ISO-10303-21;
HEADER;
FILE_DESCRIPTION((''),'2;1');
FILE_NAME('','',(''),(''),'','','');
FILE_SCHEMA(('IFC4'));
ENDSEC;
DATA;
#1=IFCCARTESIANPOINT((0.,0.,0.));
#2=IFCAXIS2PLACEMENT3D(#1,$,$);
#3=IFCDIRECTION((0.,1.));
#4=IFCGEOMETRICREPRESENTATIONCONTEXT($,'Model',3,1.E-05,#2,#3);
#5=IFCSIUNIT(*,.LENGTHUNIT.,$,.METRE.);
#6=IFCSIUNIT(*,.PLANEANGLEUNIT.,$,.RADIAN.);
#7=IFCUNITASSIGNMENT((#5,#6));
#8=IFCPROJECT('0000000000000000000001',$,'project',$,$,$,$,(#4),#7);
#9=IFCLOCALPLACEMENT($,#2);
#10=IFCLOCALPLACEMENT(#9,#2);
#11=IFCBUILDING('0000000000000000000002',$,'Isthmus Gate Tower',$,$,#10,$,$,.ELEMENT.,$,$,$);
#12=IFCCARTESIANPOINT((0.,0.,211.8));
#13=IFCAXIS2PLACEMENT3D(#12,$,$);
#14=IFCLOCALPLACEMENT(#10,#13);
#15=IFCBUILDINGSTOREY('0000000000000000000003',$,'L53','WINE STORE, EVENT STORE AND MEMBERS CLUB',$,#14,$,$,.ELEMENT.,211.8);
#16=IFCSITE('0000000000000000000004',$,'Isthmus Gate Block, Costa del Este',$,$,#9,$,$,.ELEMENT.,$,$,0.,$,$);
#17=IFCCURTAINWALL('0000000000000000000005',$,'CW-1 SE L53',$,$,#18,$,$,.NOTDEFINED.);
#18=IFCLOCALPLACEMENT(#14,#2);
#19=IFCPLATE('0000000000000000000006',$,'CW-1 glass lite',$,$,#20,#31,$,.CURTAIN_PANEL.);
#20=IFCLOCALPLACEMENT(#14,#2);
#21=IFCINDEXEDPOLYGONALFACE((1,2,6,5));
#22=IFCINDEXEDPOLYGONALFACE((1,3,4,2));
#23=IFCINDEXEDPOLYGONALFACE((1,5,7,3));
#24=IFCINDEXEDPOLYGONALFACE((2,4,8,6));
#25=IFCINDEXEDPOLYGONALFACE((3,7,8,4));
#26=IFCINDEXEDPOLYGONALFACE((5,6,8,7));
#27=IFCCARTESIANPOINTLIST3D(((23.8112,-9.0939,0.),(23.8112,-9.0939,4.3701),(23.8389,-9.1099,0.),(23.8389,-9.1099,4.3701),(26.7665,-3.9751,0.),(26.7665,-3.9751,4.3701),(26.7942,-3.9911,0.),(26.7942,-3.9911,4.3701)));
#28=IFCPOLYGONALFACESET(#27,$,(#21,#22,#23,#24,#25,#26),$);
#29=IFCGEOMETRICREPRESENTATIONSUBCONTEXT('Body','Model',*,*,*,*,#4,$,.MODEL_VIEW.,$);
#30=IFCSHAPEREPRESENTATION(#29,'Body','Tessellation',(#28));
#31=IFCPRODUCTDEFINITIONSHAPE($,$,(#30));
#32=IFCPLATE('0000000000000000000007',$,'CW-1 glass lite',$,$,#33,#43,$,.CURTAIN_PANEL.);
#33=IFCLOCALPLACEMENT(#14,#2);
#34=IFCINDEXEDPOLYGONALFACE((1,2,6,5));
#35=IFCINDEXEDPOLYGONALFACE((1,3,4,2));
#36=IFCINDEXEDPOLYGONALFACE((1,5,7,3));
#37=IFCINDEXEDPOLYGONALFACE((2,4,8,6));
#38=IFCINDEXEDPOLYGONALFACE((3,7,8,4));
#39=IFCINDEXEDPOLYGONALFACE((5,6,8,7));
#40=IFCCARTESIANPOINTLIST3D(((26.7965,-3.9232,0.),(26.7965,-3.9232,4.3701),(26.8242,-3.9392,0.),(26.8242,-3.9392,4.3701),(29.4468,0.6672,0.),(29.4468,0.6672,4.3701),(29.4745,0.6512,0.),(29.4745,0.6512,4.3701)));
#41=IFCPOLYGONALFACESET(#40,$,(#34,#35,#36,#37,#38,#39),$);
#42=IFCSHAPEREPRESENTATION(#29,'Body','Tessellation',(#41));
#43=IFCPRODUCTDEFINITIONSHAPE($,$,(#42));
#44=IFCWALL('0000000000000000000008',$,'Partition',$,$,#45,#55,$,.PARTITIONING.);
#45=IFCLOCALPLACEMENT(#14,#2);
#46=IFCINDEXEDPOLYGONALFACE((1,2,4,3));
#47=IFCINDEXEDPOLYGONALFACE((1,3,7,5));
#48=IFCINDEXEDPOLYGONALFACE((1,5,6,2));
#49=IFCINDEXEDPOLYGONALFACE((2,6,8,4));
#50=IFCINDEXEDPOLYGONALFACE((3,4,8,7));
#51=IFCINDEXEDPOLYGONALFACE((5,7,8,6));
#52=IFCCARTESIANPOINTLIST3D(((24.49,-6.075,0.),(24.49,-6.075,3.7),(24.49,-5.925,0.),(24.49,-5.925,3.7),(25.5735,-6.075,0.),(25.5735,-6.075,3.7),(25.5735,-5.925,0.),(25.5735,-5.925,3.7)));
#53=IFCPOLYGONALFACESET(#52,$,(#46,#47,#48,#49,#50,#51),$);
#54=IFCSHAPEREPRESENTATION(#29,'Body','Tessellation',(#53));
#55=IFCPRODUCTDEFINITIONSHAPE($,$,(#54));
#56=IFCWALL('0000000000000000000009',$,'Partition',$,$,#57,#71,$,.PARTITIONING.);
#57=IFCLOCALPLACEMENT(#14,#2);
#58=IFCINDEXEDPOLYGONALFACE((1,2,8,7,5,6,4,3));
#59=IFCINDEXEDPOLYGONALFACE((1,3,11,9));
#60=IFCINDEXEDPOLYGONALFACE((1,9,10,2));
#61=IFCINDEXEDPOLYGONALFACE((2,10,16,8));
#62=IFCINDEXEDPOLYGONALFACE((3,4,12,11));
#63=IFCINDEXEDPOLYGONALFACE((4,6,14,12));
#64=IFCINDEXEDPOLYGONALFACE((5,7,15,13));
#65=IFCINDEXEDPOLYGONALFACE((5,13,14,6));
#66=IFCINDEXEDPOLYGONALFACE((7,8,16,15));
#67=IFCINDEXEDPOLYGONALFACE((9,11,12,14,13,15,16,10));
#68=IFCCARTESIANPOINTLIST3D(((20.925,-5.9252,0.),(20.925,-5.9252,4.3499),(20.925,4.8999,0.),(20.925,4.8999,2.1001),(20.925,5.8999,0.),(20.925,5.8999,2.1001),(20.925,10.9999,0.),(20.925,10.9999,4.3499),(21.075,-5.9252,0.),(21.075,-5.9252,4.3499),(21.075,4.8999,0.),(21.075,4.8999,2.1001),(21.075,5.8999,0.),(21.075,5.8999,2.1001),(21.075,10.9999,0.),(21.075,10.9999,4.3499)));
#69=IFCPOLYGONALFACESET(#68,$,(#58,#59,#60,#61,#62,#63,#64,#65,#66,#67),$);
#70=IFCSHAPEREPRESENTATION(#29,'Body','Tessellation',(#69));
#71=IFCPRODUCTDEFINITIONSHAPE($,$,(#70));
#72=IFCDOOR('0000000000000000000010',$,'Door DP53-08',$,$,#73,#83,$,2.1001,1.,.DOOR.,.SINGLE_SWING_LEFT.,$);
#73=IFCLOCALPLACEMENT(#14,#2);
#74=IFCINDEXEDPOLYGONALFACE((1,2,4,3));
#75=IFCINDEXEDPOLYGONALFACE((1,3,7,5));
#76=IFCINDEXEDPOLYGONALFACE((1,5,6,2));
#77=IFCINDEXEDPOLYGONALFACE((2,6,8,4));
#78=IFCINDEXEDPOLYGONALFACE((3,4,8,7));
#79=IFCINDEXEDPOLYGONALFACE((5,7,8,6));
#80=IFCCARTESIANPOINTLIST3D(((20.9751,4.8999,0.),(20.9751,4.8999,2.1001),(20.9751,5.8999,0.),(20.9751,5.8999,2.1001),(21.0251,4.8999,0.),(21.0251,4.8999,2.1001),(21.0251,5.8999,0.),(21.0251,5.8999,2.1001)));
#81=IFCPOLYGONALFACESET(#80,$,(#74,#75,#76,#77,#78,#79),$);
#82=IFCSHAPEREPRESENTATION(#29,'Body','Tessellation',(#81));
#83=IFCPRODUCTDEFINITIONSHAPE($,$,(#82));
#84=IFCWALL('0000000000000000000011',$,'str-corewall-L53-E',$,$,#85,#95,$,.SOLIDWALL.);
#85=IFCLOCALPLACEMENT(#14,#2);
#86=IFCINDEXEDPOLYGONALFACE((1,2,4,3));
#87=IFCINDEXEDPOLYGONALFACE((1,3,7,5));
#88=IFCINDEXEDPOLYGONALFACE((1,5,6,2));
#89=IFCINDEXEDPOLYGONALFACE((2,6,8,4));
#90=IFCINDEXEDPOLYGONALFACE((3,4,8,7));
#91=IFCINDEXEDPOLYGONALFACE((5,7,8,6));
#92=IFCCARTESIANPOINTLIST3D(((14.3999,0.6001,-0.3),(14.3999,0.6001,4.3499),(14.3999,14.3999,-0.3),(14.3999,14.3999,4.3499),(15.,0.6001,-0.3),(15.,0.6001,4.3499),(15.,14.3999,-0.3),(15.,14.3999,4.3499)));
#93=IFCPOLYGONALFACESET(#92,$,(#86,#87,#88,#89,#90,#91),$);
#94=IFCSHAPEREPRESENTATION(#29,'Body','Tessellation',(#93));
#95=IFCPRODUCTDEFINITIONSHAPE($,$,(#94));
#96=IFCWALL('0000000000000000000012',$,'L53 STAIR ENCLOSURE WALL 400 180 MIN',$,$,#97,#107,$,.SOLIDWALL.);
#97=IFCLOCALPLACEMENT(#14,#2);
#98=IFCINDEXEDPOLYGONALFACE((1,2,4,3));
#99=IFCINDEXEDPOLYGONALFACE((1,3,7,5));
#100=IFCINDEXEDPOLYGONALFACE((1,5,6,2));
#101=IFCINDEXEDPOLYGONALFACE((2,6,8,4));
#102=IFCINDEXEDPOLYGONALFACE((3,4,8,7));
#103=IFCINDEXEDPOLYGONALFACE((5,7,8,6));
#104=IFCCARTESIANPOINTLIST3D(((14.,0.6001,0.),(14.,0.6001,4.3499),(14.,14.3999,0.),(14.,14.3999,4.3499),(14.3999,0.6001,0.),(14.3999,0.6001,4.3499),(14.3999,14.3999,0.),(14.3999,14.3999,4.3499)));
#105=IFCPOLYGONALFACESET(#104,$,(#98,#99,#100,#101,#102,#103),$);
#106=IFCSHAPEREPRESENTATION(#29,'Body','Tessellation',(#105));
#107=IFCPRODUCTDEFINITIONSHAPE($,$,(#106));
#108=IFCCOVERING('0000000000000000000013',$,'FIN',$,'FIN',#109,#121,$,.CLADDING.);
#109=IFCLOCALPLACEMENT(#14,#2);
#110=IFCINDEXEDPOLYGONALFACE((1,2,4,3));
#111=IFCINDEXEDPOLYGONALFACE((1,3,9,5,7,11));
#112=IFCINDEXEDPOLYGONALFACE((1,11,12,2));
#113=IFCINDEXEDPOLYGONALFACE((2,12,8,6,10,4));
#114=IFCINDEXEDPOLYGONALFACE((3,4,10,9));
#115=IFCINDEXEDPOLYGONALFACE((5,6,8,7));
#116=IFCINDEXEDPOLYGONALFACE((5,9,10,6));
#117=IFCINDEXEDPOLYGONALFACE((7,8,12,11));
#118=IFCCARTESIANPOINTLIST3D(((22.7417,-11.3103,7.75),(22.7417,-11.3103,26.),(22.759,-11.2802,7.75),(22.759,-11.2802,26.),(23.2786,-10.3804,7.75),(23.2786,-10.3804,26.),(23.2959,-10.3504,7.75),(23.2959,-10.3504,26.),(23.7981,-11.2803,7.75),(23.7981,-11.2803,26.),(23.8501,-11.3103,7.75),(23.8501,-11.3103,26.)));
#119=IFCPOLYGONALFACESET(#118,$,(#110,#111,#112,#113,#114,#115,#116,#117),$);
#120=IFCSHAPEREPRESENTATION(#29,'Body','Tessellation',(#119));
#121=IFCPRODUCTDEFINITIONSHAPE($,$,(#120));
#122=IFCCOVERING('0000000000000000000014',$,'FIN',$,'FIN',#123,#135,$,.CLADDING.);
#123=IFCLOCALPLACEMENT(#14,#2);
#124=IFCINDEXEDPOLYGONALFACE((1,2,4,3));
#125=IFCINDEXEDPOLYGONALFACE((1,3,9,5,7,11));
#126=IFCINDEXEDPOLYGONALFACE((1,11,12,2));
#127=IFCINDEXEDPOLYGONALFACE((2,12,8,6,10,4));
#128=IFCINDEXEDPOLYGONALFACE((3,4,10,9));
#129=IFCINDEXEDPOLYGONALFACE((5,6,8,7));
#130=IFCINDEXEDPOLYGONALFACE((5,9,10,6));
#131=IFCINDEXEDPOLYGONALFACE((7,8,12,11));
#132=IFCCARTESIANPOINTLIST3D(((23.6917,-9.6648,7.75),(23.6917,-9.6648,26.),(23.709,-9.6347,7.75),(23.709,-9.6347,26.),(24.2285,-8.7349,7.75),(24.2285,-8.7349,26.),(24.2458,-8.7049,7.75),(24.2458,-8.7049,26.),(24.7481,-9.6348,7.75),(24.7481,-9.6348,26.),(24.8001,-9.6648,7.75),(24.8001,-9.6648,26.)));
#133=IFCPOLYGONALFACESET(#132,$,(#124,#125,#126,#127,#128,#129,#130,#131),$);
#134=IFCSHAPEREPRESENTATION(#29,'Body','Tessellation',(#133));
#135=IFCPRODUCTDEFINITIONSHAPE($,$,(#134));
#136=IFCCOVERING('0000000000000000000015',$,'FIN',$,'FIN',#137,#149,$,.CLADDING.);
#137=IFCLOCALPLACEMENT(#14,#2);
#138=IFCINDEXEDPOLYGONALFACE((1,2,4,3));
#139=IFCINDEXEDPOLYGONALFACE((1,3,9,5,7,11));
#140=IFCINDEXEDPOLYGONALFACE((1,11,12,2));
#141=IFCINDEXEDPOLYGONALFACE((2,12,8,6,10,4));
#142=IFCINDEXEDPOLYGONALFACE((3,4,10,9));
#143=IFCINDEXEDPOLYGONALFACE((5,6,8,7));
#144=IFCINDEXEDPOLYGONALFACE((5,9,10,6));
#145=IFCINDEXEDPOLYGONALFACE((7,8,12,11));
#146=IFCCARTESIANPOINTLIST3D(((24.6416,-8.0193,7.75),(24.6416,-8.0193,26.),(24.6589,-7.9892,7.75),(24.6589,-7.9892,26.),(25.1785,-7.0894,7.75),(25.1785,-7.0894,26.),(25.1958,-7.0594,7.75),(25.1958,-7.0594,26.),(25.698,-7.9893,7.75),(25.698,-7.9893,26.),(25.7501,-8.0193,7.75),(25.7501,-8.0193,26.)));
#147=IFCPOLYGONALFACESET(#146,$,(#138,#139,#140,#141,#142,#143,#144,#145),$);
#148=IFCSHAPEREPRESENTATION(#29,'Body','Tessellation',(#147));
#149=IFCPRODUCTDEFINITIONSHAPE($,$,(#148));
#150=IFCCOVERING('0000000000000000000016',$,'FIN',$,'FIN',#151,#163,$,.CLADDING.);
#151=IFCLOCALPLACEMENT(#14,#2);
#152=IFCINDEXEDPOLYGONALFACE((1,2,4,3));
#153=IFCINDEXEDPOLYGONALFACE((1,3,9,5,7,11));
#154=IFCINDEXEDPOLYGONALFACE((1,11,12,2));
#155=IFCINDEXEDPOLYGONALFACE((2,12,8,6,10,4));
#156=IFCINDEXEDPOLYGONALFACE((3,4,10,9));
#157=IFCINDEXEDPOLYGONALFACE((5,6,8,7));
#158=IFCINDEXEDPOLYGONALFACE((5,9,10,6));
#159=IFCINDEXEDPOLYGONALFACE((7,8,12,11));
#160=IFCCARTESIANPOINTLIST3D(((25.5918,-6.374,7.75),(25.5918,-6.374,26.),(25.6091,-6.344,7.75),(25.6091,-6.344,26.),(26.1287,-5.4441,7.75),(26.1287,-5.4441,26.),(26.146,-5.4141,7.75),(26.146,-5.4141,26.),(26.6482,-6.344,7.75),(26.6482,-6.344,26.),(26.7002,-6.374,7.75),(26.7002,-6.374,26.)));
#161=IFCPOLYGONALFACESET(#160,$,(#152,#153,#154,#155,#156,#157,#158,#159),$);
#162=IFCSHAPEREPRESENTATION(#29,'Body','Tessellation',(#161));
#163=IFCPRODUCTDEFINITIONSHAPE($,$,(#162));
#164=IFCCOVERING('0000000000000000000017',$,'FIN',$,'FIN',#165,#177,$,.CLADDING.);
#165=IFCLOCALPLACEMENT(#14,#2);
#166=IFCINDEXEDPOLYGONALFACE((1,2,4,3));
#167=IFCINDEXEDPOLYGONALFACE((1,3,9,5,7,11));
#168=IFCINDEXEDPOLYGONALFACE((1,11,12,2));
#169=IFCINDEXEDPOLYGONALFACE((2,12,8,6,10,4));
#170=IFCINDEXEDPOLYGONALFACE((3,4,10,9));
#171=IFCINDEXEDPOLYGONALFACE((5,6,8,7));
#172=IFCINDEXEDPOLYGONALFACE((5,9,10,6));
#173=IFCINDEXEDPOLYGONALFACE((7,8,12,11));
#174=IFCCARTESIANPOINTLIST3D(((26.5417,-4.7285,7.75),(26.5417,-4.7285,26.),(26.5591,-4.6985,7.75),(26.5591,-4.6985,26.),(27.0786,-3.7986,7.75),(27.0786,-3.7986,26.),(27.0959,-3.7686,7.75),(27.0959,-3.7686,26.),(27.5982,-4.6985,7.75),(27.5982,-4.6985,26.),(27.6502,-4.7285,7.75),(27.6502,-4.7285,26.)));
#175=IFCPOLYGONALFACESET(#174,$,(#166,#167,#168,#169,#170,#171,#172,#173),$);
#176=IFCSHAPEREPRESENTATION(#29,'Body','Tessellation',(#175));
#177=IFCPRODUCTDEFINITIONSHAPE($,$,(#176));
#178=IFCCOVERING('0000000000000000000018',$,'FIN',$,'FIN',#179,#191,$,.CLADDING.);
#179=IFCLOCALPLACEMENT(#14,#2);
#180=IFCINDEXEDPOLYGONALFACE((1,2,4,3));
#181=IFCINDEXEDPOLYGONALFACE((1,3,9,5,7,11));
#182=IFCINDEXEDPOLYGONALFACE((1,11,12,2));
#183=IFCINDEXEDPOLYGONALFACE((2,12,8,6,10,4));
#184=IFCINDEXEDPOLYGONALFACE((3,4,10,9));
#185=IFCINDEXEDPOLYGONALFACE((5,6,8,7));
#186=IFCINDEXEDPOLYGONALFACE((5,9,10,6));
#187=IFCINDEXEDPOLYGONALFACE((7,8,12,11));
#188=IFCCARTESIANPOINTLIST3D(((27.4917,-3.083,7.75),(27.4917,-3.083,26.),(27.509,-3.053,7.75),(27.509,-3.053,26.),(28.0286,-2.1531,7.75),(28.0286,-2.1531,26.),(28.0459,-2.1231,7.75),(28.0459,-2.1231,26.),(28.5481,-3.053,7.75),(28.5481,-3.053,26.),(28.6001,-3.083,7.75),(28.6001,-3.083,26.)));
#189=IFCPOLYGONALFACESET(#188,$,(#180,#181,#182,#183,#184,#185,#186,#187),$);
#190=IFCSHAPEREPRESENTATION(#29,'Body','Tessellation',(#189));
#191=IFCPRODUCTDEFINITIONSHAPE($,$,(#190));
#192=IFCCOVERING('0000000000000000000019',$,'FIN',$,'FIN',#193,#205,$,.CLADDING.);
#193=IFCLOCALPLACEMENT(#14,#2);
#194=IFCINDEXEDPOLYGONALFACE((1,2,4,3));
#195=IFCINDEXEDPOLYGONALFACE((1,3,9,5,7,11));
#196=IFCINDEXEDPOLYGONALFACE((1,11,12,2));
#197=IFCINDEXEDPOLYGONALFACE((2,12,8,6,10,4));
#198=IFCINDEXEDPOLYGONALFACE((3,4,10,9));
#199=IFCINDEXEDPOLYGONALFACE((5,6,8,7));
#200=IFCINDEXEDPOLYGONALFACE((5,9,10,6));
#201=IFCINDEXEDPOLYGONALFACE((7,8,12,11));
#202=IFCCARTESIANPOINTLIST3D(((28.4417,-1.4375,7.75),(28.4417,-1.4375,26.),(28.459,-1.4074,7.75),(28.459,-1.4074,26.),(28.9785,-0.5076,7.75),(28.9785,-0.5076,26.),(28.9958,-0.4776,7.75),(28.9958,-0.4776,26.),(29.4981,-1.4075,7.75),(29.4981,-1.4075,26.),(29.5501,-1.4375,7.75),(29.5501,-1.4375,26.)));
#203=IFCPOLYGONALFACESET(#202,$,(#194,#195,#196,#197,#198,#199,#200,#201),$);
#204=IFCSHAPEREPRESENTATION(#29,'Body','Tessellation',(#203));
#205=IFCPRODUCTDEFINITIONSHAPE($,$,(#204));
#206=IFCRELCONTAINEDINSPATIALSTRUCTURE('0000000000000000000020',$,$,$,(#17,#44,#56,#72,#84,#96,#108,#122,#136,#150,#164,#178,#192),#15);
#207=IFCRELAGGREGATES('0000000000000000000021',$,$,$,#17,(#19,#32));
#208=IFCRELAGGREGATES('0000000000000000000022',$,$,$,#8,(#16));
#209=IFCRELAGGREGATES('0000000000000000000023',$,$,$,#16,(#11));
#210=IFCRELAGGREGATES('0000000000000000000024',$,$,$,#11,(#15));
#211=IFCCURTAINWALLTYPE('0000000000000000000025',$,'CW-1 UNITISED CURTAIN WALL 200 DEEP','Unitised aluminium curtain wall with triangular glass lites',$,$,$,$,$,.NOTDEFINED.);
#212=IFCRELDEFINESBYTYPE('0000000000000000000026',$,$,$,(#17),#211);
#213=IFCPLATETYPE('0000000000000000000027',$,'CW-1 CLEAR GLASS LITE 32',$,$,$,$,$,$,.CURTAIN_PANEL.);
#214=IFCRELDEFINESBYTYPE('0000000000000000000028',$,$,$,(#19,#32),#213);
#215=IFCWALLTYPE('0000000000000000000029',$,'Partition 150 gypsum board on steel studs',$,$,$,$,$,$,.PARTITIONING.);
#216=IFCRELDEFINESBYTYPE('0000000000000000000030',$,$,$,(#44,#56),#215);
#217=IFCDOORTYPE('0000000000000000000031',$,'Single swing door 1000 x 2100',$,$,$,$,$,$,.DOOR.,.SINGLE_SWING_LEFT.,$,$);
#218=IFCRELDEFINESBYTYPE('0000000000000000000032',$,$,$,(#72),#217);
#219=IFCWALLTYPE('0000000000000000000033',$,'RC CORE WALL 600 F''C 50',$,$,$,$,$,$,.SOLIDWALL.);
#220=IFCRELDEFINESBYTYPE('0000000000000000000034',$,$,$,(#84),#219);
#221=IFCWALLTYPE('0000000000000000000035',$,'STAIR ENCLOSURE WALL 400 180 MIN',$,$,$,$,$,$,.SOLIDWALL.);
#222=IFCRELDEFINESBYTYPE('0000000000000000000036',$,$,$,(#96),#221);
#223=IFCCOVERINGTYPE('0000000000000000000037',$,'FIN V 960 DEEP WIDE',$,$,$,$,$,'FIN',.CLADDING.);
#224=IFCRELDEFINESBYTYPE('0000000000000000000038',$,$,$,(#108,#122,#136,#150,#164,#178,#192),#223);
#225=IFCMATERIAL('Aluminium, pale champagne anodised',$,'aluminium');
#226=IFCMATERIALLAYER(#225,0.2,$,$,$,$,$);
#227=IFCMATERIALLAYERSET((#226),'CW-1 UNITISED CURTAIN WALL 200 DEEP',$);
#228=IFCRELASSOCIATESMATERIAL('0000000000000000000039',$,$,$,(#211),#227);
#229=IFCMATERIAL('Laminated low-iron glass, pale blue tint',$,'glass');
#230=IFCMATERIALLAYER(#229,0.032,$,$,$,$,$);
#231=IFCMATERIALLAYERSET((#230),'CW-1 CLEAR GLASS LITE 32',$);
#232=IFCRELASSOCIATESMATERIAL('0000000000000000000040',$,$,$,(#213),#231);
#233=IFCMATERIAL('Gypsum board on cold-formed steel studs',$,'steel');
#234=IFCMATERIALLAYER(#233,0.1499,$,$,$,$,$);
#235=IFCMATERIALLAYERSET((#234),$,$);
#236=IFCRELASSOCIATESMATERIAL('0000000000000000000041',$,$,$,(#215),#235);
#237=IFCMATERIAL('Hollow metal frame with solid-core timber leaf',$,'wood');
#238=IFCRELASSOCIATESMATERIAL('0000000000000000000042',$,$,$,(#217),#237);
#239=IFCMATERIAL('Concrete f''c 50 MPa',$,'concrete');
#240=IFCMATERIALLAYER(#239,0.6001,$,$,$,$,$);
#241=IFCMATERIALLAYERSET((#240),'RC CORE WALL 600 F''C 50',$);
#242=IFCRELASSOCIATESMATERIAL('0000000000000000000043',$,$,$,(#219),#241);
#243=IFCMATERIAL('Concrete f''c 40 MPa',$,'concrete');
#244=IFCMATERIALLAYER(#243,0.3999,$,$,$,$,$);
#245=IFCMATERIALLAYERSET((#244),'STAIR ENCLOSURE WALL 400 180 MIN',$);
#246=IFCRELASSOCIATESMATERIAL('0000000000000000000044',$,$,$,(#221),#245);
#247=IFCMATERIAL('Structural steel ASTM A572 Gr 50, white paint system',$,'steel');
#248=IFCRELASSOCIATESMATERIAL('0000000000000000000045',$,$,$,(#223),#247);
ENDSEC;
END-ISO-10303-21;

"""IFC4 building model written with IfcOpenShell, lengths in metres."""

from ifc_helpers import new_model, si_unit, direction, frame, frame_2d, origin, origin_2d, place, context, subcontext, project, spatial, polyline, rectangle, outline, extrude, material, layer, layer_set, material_profile, profile_set, type_object, element, fill, aggregate, save


model = new_model("IFC4")

# Units and contexts
model_context = context("Model", 3, precision=1e-05, world=origin(), true_north=direction((0.0, 1.0)))
body_context = subcontext(model_context, "Body", "Model", "MODEL_VIEW")
ifc_project = project(units=[si_unit("LENGTHUNIT", "METRE"), si_unit("PLANEANGLEUNIT", "RADIAN")], contexts=[model_context])

# Site, building, storey
site_placement = place(None, origin())
site = spatial("IfcSite", under=ifc_project, at=site_placement, Name="Isthmus Gate Block, Costa del Este", CompositionType="ELEMENT", RefElevation=0.0)
building_placement = place(site_placement, origin())
building = spatial("IfcBuilding", under=site, at=building_placement, Name="Isthmus Gate Tower", CompositionType="ELEMENT")
storey_placement = place(building_placement, frame((0.0, 0.0, 211.8)))
storey = spatial("IfcBuildingStorey", under=building, at=storey_placement, Name="L53", Description="WINE STORE, EVENT STORE AND MEMBERS CLUB", CompositionType="ELEMENT", Elevation=211.8)

# Curtain wall
ifc_material_1 = material(Name="Aluminium, pale champagne anodised", Category="aluminium")
ifc_layer_1 = layer(ifc_material_1, 0.2)
ifc_layer_set_1 = layer_set([ifc_layer_1], Name="CW-1 UNITISED CURTAIN WALL 200 DEEP")
curtain_wall_type = type_object("IfcCurtainWallType", Name="CW-1 UNITISED CURTAIN WALL 200 DEEP", Description="Unitised aluminium curtain wall with triangular glass lites", PredefinedType="NOTDEFINED", material=ifc_layer_set_1)
curtain_wall_1_placement = place(storey_placement, origin())
curtain_wall_1 = element("IfcCurtainWall", 1, at=curtain_wall_1_placement, inside=storey, type_object=curtain_wall_type, Name="CW-1 SE L53", PredefinedType="NOTDEFINED")

# Plates
ifc_material_2 = material(Name="Laminated low-iron glass, pale blue tint", Category="glass")
ifc_layer_2 = layer(ifc_material_2, 0.032)
ifc_layer_set_2 = layer_set([ifc_layer_2], Name="CW-1 CLEAR GLASS LITE 32")
plate_type = type_object("IfcPlateType", Name="CW-1 CLEAR GLASS LITE 32", PredefinedType="CURTAIN_PANEL", material=ifc_layer_set_2)
plate_1_placement = place(storey_placement, frame((25.3027, -6.5425, 0.0), z_axis=(0.0, 0.0, 1.0), x_axis=(0.5, 0.866025, 0.0)))
plate_1 = element("IfcPlate", 2, at=plate_1_placement, type_object=plate_type, Name="CW-1 glass lite", PredefinedType="CURTAIN_PANEL", context=body_context, shape_type="SweptSolid", body=[
    extrude(rectangle(XDim=5.9106, YDim=0.032, at=origin_2d()), origin(), (0.0, 0.0, 1.0), 4.3701),
])
plate_2_placement = place(storey_placement, frame((28.1355, -1.636, 0.0), z_axis=(0.0, 0.0, 1.0), x_axis=(0.5, 0.866025, 0.0)))
plate_2 = element("IfcPlate", 3, at=plate_2_placement, type_object=plate_type, Name="CW-1 glass lite", PredefinedType="CURTAIN_PANEL", context=body_context, shape_type="SweptSolid", body=[
    extrude(rectangle(XDim=5.3005, YDim=0.032, at=origin_2d()), origin(), (0.0, 0.0, 1.0), 4.3701),
])
aggregate(curtain_wall_1, [plate_1, plate_2])

# Wall
ifc_material_3 = material(Name="Gypsum board on cold-formed steel studs", Category="steel")
ifc_layer_3 = layer(ifc_material_3, 0.1499)
ifc_layer_set_3 = layer_set([ifc_layer_3])
wall_type_1 = type_object("IfcWallType", Name="Partition 150 gypsum board on steel studs", PredefinedType="PARTITIONING", material=ifc_layer_set_3)
wall_1_placement = place(storey_placement, frame((24.49, -6.0, 0.0), z_axis=(0.0, 0.0, 1.0), x_axis=(1.0, 0.0, 0.0)))
element("IfcWall", 4, at=wall_1_placement, inside=storey, type_object=wall_type_1, Name="Partition", PredefinedType="PARTITIONING", context=body_context, shape_type="SweptSolid", body=[
    extrude(rectangle(XDim=1.0835, YDim=0.1499, at=frame_2d((0.5417, 0.0))), origin(), (0.0, 0.0, 1.0), 3.7),
])

# Wall, opening, door
wall_2_placement = place(storey_placement, frame((21.0, -5.925, 0.0), z_axis=(0.0, 0.0, 1.0), x_axis=(0.0, 1.0, 0.0)))
wall_2 = element("IfcWall", 5, at=wall_2_placement, inside=storey, type_object=wall_type_1, Name="Partition", PredefinedType="PARTITIONING", context=body_context, shape_type="SweptSolid", body=[
    extrude(rectangle(XDim=16.925, YDim=0.1499, at=frame_2d((8.4624, 0.0))), origin(), (0.0, 0.0, 1.0), 4.3499),
])
opening_placement = place(wall_2_placement, frame((10.825, 0.0, 0.0)))
opening = element("IfcOpeningElement", 6, at=opening_placement, cuts=wall_2, PredefinedType="OPENING", context=body_context, shape_type="SweptSolid", body=[
    extrude(rectangle(XDim=1.0, YDim=2.1001, at=frame_2d((0.5, 1.05))), frame((0.0, 0.085, 0.0), z_axis=(0.0, -1.0, 0.0), x_axis=(1.0, 0.0, 0.0)), (0.0, 0.0, 1.0), 0.1699),
])
ifc_material_4 = material(Name="Hollow metal frame with solid-core timber leaf", Category="wood")
door_type = type_object("IfcDoorType", Name="Single swing door 1000 x 2100", OperationType="SINGLE_SWING_LEFT", PredefinedType="DOOR", material=ifc_material_4)
door_placement = place(opening_placement, origin())
door = element("IfcDoor", 7, at=door_placement, inside=storey, type_object=door_type, Name="Door DP53-08", OperationType="SINGLE_SWING_LEFT", OverallHeight=2.1001, OverallWidth=1.0, PredefinedType="DOOR", context=body_context, shape_type="SweptSolid", body=[
    extrude(rectangle(XDim=1.0, YDim=2.1001, at=frame_2d((0.5, 1.05))), frame((0.0, 0.0249, 0.0), z_axis=(0.0, -1.0, 0.0), x_axis=(1.0, 0.0, 0.0)), (0.0, 0.0, 1.0), 0.05),
])
fill(opening, door)

# Walls
ifc_material_5 = material(Name="Concrete f'c 50 MPa", Category="concrete")
ifc_layer_4 = layer(ifc_material_5, 0.6001)
ifc_layer_set_4 = layer_set([ifc_layer_4], Name="RC CORE WALL 600 F'C 50")
wall_type_2 = type_object("IfcWallType", Name="RC CORE WALL 600 F'C 50", PredefinedType="SOLIDWALL", material=ifc_layer_set_4)
wall_3_placement = place(storey_placement, frame((14.7, 0.6001, -0.3), z_axis=(0.0, 0.0, 1.0), x_axis=(0.0, 1.0, 0.0)))
element("IfcWall", 8, at=wall_3_placement, inside=storey, type_object=wall_type_2, Name="str-corewall-L53-E", PredefinedType="SOLIDWALL", context=body_context, shape_type="SweptSolid", body=[
    extrude(rectangle(XDim=13.7998, YDim=0.6001, at=frame_2d((6.8999, 0.0))), origin(), (0.0, 0.0, 1.0), 4.6499),
])
ifc_material_6 = material(Name="Concrete f'c 40 MPa", Category="concrete")
ifc_layer_5 = layer(ifc_material_6, 0.3999)
ifc_layer_set_5 = layer_set([ifc_layer_5], Name="STAIR ENCLOSURE WALL 400 180 MIN")
wall_type_3 = type_object("IfcWallType", Name="STAIR ENCLOSURE WALL 400 180 MIN", PredefinedType="SOLIDWALL", material=ifc_layer_set_5)
wall_4_placement = place(storey_placement, frame((14.2, 0.6001, 0.0), z_axis=(0.0, 0.0, 1.0), x_axis=(0.0, 1.0, 0.0)))
element("IfcWall", 9, at=wall_4_placement, inside=storey, type_object=wall_type_3, Name="L53 STAIR ENCLOSURE WALL 400 180 MIN", PredefinedType="SOLIDWALL", context=body_context, shape_type="SweptSolid", body=[
    extrude(rectangle(XDim=13.7998, YDim=0.3999, at=frame_2d((6.8999, 0.0))), origin(), (0.0, 0.0, 1.0), 4.3499),
])

# Coverings
ifc_material_7 = material(Name="Structural steel ASTM A572 Gr 50, white paint system", Category="steel")
ifc_material_profile_1 = material_profile(ifc_material_7, outline(polyline([(0.0, -0.5542), (0.96, 0.0), (0.0, 0.5542), (0.0, 0.5195), (0.8999, 0.0), (0.0, -0.5195), (0.0, -0.5542)])), Name="V960W")
ifc_profile_set_1 = profile_set([ifc_material_profile_1], Name="Structural steel ASTM A572 Gr 50, white paint system")
covering_type = type_object("IfcCoveringType", Name="FIN V 960 DEEP WIDE", ElementType="FIN", PredefinedType="CLADDING", material=ifc_profile_set_1)
for number, where, z_axis, x_axis, name in (
    (10, (23.0188, -10.8303, 7.75), (0.0, 0.0, 1.0), (0.866025, -0.5, 0.0), "FIN"),
    (11, (23.9688, -9.1848, 7.75), (0.0, 0.0, 1.0), (0.866025, -0.5, 0.0), "FIN"),
    (12, (24.9187, -7.5393, 7.75), (0.0, 0.0, 1.0), (0.866025, -0.5, 0.0), "FIN"),
    (13, (25.8689, -5.894, 7.75), (0.0, 0.0, 1.0), (0.866025, -0.5, 0.0), "FIN"),
    (14, (26.8188, -4.2485, 7.75), (0.0, 0.0, 1.0), (0.866025, -0.5, 0.0), "FIN"),
    (15, (27.7688, -2.603, 7.75), (0.0, 0.0, 1.0), (0.866025, -0.5, 0.0), "FIN"),
    (16, (28.7188, -0.9575, 7.75), (0.0, 0.0, 1.0), (0.866025, -0.5, 0.0), "FIN"),
):
    element("IfcCovering", number, at=place(storey_placement, frame(where, z_axis=z_axis, x_axis=x_axis)), inside=storey, type_object=covering_type, Name=name, ObjectType="FIN", PredefinedType="CLADDING", context=body_context, shape_type="SweptSolid", body=[
        extrude(outline(polyline([(0.0, -0.5542), (0.96, 0.0), (0.0, 0.5542), (0.0, 0.5195), (0.8999, 0.0), (0.0, -0.5195), (0.0, -0.5542)])), origin(), (0.0, 0.0, 1.0), 18.25),
    ])

save(model, "model.ifc")
